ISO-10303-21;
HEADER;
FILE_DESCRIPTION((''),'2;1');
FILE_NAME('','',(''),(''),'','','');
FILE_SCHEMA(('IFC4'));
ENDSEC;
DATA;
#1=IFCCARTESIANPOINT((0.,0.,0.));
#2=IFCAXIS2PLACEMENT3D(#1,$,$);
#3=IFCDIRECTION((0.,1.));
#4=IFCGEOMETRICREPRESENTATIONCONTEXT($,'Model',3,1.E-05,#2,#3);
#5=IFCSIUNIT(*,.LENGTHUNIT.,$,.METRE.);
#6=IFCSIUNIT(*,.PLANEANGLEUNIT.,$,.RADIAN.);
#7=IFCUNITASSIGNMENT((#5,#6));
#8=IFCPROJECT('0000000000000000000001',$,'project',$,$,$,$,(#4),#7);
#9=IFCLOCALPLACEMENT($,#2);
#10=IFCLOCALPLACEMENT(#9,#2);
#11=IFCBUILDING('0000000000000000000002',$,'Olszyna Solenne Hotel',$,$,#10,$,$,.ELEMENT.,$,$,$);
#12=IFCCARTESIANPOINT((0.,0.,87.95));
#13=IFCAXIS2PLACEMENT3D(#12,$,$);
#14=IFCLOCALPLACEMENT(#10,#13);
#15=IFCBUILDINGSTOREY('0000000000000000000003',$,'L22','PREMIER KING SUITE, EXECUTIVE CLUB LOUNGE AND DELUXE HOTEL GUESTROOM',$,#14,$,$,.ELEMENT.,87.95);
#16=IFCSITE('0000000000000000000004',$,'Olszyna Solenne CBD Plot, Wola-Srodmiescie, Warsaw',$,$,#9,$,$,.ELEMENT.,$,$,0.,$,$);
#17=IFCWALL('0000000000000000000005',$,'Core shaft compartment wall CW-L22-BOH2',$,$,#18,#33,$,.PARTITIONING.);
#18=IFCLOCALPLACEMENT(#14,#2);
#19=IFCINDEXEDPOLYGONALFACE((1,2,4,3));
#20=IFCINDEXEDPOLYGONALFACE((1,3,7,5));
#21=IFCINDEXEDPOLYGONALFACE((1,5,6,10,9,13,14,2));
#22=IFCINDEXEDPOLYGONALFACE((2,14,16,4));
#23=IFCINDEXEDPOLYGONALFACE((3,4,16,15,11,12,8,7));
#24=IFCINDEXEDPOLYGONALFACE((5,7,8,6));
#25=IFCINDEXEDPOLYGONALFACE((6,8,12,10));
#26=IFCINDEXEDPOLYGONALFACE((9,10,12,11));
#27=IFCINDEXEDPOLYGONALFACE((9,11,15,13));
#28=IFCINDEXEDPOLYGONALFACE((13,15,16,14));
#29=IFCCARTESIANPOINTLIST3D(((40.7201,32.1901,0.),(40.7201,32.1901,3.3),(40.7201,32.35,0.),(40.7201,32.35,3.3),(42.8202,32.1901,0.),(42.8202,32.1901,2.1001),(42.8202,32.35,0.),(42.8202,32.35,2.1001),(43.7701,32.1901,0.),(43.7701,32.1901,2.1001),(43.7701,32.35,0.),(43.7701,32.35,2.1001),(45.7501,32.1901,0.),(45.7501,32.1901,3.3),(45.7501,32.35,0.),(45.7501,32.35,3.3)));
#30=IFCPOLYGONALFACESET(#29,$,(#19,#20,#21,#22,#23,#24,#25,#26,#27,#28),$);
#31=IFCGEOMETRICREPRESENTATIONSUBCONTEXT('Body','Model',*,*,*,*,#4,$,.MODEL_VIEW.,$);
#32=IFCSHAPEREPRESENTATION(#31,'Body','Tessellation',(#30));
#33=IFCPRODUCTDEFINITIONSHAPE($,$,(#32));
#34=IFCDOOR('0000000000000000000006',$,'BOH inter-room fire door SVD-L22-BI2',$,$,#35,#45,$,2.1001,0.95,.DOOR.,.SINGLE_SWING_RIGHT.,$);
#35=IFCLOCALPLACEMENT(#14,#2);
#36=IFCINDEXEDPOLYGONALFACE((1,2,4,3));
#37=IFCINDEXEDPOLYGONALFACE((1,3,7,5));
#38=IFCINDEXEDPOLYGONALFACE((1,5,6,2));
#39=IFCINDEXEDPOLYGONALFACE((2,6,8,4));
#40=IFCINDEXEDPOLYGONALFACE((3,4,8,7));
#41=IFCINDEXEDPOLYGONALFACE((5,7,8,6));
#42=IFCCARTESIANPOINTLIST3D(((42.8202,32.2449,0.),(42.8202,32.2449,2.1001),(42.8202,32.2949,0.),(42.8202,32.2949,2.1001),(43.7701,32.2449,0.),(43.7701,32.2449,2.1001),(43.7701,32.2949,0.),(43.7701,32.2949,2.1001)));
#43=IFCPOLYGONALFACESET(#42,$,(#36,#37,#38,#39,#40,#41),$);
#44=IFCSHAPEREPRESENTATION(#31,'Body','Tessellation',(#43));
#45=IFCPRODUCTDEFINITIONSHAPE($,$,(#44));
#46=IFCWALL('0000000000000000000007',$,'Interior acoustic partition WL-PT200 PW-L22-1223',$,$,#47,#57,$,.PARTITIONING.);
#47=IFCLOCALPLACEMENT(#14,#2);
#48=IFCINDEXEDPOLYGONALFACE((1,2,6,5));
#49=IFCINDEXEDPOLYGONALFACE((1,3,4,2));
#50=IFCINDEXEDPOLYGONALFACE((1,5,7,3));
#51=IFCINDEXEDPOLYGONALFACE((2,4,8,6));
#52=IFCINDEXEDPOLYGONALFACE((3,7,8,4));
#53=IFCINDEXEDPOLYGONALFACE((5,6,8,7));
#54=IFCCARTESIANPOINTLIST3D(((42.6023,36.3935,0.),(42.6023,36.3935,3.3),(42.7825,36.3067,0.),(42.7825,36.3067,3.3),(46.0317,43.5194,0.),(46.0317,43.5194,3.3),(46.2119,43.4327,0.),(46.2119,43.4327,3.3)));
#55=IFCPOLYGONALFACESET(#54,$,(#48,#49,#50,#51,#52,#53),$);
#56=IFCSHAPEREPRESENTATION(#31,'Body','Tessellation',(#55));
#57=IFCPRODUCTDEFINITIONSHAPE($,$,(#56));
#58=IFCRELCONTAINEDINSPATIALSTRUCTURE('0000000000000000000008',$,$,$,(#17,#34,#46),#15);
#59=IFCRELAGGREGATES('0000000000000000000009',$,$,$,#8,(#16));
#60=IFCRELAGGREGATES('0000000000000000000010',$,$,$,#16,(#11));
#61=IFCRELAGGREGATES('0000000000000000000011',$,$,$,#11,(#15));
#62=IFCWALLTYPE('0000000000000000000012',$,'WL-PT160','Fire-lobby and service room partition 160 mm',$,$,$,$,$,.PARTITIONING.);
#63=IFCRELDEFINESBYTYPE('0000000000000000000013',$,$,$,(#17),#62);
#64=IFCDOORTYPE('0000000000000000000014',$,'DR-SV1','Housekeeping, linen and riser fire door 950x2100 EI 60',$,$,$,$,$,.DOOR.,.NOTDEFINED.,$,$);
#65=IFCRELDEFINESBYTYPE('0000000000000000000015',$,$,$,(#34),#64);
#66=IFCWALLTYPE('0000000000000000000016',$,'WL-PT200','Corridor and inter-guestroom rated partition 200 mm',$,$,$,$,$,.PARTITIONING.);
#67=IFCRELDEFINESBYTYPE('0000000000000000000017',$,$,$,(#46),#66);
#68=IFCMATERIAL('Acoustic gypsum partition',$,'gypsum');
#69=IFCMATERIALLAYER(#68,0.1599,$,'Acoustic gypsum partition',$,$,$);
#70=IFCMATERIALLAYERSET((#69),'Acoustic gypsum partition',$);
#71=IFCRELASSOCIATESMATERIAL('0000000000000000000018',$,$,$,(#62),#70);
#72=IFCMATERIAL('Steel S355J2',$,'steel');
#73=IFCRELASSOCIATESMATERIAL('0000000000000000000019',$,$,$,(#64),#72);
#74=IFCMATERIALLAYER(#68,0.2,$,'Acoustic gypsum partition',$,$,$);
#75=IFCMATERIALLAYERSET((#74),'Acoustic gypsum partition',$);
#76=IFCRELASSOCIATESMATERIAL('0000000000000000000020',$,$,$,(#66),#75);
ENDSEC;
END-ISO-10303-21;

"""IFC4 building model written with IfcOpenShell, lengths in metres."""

from ifc_helpers import new_model, si_unit, direction, frame, frame_2d, origin, place, context, subcontext, project, spatial, rectangle, extrude, source, transform, mapped, material, layer, layer_set, type_object, type_shapes, element, fill, save


model = new_model("IFC4")

# Units and contexts
model_context = context("Model", 3, precision=1e-05, world=origin(), true_north=direction((0.0, 1.0)))
body_context = subcontext(model_context, "Body", "Model", "MODEL_VIEW")
ifc_project = project(units=[si_unit("LENGTHUNIT", "METRE"), si_unit("PLANEANGLEUNIT", "RADIAN")], contexts=[model_context])

# Site, building, storey
site_placement = place(None, origin())
site = spatial("IfcSite", under=ifc_project, at=site_placement, Name="Olszyna Solenne CBD Plot, Wola-Srodmiescie, Warsaw", CompositionType="ELEMENT", RefElevation=0.0)
building_placement = place(site_placement, origin())
building = spatial("IfcBuilding", under=site, at=building_placement, Name="Olszyna Solenne Hotel", CompositionType="ELEMENT")
storey_placement = place(building_placement, frame((0.0, 0.0, 87.95)))
storey = spatial("IfcBuildingStorey", under=building, at=storey_placement, Name="L22", Description="PREMIER KING SUITE, EXECUTIVE CLUB LOUNGE AND DELUXE HOTEL GUESTROOM", CompositionType="ELEMENT", Elevation=87.95)

# Shared definitions
ifc_material_1 = material(Name="Steel S355J2", Category="steel")

# Shared definitions
ifc_material_2 = material(Name="Acoustic gypsum partition", Category="gypsum")

# Shared definitions
ifc_layer_1 = layer(ifc_material_2, 0.1599, Name="Acoustic gypsum partition")
ifc_layer_set_1 = layer_set([ifc_layer_1], Name="Acoustic gypsum partition")
wall_type_1 = type_object("IfcWallType", Name="WL-PT160", Description="Fire-lobby and service room partition 160 mm", PredefinedType="PARTITIONING", material=ifc_layer_set_1)

# Wall, opening, door
wall_1_placement = place(storey_placement, frame((40.72, 32.27, 0.0), z_axis=(0.0, 0.0, 1.0), x_axis=(1.0, 0.0, 0.0)))
wall_1 = element("IfcWall", 1, at=wall_1_placement, inside=storey, type_object=wall_type_1, Name="Core shaft compartment wall CW-L22-BOH2", PredefinedType="PARTITIONING", context=body_context, shape_type="SweptSolid", body=[
    extrude(rectangle(XDim=5.03, YDim=0.1599, at=frame_2d((2.5151, 0.0))), origin(), (0.0, 0.0, 1.0), 3.3),
])
opening_1_placement = place(wall_1_placement, frame((2.1001, 0.0, 0.0)))
opening_1 = element("IfcOpeningElement", 2, at=opening_1_placement, cuts=wall_1, PredefinedType="OPENING", context=body_context, shape_type="SweptSolid", body=[
    extrude(rectangle(XDim=0.95, YDim=2.1001, at=frame_2d((0.4751, 1.05))), frame((0.0, 0.0898, 0.0), z_axis=(0.0, -1.0, 0.0), x_axis=(1.0, 0.0, 0.0)), (0.0, 0.0, 1.0), 0.1799),
])
door_type_1 = type_object("IfcDoorType", Name="DR-SV1", Description="Housekeeping, linen and riser fire door 950x2100 EI 60", OperationType="NOTDEFINED", PredefinedType="DOOR", material=ifc_material_1)
shared_shape_1 = source(origin(), body_context, "Body", "SweptSolid", [
    extrude(rectangle(XDim=0.95, YDim=2.1001, at=frame_2d((0.4751, 1.05))), frame((0.0, 0.0249, 0.0), z_axis=(0.0, -1.0, 0.0), x_axis=(1.0, 0.0, 0.0)), (0.0, 0.0, 1.0), 0.05),
])
type_shapes(door_type_1, [shared_shape_1])
door_1_placement = place(opening_1_placement, origin())
door_1 = element("IfcDoor", 3, at=door_1_placement, inside=storey, type_object=door_type_1, Name="BOH inter-room fire door SVD-L22-BI2", OperationType="SINGLE_SWING_RIGHT", OverallHeight=2.1001, OverallWidth=0.95, PredefinedType="DOOR", context=body_context, shape_type="MappedRepresentation", body=[
    mapped(shared_shape_1, transform((0.0, 0.0, 0.0), x_axis=(1.0, 0.0, 0.0), y_axis=(0.0, 1.0, 0.0), z_axis=(0.0, 0.0, 1.0), scale=1.0)),
])
fill(opening_1, door_1)

# Wall
ifc_layer_2 = layer(ifc_material_2, 0.2, Name="Acoustic gypsum partition")
ifc_layer_set_2 = layer_set([ifc_layer_2], Name="Acoustic gypsum partition")
wall_type_2 = type_object("IfcWallType", Name="WL-PT200", Description="Corridor and inter-guestroom rated partition 200 mm", PredefinedType="PARTITIONING", material=ifc_layer_set_2)
wall_2_placement = place(storey_placement, frame((42.6924, 36.3501, 0.0), z_axis=(0.0, 0.0, 1.0), x_axis=(0.433653, 0.90108, 0.0)))
element("IfcWall", 4, at=wall_2_placement, inside=storey, type_object=wall_type_2, Name="Interior acoustic partition WL-PT200 PW-L22-1223", PredefinedType="PARTITIONING", context=body_context, shape_type="SweptSolid", body=[
    extrude(rectangle(XDim=7.9082, YDim=0.2, at=frame_2d((3.9541, 0.0))), origin(), (0.0, 0.0, 1.0), 3.3),
])

save(model, "model.ifc")
